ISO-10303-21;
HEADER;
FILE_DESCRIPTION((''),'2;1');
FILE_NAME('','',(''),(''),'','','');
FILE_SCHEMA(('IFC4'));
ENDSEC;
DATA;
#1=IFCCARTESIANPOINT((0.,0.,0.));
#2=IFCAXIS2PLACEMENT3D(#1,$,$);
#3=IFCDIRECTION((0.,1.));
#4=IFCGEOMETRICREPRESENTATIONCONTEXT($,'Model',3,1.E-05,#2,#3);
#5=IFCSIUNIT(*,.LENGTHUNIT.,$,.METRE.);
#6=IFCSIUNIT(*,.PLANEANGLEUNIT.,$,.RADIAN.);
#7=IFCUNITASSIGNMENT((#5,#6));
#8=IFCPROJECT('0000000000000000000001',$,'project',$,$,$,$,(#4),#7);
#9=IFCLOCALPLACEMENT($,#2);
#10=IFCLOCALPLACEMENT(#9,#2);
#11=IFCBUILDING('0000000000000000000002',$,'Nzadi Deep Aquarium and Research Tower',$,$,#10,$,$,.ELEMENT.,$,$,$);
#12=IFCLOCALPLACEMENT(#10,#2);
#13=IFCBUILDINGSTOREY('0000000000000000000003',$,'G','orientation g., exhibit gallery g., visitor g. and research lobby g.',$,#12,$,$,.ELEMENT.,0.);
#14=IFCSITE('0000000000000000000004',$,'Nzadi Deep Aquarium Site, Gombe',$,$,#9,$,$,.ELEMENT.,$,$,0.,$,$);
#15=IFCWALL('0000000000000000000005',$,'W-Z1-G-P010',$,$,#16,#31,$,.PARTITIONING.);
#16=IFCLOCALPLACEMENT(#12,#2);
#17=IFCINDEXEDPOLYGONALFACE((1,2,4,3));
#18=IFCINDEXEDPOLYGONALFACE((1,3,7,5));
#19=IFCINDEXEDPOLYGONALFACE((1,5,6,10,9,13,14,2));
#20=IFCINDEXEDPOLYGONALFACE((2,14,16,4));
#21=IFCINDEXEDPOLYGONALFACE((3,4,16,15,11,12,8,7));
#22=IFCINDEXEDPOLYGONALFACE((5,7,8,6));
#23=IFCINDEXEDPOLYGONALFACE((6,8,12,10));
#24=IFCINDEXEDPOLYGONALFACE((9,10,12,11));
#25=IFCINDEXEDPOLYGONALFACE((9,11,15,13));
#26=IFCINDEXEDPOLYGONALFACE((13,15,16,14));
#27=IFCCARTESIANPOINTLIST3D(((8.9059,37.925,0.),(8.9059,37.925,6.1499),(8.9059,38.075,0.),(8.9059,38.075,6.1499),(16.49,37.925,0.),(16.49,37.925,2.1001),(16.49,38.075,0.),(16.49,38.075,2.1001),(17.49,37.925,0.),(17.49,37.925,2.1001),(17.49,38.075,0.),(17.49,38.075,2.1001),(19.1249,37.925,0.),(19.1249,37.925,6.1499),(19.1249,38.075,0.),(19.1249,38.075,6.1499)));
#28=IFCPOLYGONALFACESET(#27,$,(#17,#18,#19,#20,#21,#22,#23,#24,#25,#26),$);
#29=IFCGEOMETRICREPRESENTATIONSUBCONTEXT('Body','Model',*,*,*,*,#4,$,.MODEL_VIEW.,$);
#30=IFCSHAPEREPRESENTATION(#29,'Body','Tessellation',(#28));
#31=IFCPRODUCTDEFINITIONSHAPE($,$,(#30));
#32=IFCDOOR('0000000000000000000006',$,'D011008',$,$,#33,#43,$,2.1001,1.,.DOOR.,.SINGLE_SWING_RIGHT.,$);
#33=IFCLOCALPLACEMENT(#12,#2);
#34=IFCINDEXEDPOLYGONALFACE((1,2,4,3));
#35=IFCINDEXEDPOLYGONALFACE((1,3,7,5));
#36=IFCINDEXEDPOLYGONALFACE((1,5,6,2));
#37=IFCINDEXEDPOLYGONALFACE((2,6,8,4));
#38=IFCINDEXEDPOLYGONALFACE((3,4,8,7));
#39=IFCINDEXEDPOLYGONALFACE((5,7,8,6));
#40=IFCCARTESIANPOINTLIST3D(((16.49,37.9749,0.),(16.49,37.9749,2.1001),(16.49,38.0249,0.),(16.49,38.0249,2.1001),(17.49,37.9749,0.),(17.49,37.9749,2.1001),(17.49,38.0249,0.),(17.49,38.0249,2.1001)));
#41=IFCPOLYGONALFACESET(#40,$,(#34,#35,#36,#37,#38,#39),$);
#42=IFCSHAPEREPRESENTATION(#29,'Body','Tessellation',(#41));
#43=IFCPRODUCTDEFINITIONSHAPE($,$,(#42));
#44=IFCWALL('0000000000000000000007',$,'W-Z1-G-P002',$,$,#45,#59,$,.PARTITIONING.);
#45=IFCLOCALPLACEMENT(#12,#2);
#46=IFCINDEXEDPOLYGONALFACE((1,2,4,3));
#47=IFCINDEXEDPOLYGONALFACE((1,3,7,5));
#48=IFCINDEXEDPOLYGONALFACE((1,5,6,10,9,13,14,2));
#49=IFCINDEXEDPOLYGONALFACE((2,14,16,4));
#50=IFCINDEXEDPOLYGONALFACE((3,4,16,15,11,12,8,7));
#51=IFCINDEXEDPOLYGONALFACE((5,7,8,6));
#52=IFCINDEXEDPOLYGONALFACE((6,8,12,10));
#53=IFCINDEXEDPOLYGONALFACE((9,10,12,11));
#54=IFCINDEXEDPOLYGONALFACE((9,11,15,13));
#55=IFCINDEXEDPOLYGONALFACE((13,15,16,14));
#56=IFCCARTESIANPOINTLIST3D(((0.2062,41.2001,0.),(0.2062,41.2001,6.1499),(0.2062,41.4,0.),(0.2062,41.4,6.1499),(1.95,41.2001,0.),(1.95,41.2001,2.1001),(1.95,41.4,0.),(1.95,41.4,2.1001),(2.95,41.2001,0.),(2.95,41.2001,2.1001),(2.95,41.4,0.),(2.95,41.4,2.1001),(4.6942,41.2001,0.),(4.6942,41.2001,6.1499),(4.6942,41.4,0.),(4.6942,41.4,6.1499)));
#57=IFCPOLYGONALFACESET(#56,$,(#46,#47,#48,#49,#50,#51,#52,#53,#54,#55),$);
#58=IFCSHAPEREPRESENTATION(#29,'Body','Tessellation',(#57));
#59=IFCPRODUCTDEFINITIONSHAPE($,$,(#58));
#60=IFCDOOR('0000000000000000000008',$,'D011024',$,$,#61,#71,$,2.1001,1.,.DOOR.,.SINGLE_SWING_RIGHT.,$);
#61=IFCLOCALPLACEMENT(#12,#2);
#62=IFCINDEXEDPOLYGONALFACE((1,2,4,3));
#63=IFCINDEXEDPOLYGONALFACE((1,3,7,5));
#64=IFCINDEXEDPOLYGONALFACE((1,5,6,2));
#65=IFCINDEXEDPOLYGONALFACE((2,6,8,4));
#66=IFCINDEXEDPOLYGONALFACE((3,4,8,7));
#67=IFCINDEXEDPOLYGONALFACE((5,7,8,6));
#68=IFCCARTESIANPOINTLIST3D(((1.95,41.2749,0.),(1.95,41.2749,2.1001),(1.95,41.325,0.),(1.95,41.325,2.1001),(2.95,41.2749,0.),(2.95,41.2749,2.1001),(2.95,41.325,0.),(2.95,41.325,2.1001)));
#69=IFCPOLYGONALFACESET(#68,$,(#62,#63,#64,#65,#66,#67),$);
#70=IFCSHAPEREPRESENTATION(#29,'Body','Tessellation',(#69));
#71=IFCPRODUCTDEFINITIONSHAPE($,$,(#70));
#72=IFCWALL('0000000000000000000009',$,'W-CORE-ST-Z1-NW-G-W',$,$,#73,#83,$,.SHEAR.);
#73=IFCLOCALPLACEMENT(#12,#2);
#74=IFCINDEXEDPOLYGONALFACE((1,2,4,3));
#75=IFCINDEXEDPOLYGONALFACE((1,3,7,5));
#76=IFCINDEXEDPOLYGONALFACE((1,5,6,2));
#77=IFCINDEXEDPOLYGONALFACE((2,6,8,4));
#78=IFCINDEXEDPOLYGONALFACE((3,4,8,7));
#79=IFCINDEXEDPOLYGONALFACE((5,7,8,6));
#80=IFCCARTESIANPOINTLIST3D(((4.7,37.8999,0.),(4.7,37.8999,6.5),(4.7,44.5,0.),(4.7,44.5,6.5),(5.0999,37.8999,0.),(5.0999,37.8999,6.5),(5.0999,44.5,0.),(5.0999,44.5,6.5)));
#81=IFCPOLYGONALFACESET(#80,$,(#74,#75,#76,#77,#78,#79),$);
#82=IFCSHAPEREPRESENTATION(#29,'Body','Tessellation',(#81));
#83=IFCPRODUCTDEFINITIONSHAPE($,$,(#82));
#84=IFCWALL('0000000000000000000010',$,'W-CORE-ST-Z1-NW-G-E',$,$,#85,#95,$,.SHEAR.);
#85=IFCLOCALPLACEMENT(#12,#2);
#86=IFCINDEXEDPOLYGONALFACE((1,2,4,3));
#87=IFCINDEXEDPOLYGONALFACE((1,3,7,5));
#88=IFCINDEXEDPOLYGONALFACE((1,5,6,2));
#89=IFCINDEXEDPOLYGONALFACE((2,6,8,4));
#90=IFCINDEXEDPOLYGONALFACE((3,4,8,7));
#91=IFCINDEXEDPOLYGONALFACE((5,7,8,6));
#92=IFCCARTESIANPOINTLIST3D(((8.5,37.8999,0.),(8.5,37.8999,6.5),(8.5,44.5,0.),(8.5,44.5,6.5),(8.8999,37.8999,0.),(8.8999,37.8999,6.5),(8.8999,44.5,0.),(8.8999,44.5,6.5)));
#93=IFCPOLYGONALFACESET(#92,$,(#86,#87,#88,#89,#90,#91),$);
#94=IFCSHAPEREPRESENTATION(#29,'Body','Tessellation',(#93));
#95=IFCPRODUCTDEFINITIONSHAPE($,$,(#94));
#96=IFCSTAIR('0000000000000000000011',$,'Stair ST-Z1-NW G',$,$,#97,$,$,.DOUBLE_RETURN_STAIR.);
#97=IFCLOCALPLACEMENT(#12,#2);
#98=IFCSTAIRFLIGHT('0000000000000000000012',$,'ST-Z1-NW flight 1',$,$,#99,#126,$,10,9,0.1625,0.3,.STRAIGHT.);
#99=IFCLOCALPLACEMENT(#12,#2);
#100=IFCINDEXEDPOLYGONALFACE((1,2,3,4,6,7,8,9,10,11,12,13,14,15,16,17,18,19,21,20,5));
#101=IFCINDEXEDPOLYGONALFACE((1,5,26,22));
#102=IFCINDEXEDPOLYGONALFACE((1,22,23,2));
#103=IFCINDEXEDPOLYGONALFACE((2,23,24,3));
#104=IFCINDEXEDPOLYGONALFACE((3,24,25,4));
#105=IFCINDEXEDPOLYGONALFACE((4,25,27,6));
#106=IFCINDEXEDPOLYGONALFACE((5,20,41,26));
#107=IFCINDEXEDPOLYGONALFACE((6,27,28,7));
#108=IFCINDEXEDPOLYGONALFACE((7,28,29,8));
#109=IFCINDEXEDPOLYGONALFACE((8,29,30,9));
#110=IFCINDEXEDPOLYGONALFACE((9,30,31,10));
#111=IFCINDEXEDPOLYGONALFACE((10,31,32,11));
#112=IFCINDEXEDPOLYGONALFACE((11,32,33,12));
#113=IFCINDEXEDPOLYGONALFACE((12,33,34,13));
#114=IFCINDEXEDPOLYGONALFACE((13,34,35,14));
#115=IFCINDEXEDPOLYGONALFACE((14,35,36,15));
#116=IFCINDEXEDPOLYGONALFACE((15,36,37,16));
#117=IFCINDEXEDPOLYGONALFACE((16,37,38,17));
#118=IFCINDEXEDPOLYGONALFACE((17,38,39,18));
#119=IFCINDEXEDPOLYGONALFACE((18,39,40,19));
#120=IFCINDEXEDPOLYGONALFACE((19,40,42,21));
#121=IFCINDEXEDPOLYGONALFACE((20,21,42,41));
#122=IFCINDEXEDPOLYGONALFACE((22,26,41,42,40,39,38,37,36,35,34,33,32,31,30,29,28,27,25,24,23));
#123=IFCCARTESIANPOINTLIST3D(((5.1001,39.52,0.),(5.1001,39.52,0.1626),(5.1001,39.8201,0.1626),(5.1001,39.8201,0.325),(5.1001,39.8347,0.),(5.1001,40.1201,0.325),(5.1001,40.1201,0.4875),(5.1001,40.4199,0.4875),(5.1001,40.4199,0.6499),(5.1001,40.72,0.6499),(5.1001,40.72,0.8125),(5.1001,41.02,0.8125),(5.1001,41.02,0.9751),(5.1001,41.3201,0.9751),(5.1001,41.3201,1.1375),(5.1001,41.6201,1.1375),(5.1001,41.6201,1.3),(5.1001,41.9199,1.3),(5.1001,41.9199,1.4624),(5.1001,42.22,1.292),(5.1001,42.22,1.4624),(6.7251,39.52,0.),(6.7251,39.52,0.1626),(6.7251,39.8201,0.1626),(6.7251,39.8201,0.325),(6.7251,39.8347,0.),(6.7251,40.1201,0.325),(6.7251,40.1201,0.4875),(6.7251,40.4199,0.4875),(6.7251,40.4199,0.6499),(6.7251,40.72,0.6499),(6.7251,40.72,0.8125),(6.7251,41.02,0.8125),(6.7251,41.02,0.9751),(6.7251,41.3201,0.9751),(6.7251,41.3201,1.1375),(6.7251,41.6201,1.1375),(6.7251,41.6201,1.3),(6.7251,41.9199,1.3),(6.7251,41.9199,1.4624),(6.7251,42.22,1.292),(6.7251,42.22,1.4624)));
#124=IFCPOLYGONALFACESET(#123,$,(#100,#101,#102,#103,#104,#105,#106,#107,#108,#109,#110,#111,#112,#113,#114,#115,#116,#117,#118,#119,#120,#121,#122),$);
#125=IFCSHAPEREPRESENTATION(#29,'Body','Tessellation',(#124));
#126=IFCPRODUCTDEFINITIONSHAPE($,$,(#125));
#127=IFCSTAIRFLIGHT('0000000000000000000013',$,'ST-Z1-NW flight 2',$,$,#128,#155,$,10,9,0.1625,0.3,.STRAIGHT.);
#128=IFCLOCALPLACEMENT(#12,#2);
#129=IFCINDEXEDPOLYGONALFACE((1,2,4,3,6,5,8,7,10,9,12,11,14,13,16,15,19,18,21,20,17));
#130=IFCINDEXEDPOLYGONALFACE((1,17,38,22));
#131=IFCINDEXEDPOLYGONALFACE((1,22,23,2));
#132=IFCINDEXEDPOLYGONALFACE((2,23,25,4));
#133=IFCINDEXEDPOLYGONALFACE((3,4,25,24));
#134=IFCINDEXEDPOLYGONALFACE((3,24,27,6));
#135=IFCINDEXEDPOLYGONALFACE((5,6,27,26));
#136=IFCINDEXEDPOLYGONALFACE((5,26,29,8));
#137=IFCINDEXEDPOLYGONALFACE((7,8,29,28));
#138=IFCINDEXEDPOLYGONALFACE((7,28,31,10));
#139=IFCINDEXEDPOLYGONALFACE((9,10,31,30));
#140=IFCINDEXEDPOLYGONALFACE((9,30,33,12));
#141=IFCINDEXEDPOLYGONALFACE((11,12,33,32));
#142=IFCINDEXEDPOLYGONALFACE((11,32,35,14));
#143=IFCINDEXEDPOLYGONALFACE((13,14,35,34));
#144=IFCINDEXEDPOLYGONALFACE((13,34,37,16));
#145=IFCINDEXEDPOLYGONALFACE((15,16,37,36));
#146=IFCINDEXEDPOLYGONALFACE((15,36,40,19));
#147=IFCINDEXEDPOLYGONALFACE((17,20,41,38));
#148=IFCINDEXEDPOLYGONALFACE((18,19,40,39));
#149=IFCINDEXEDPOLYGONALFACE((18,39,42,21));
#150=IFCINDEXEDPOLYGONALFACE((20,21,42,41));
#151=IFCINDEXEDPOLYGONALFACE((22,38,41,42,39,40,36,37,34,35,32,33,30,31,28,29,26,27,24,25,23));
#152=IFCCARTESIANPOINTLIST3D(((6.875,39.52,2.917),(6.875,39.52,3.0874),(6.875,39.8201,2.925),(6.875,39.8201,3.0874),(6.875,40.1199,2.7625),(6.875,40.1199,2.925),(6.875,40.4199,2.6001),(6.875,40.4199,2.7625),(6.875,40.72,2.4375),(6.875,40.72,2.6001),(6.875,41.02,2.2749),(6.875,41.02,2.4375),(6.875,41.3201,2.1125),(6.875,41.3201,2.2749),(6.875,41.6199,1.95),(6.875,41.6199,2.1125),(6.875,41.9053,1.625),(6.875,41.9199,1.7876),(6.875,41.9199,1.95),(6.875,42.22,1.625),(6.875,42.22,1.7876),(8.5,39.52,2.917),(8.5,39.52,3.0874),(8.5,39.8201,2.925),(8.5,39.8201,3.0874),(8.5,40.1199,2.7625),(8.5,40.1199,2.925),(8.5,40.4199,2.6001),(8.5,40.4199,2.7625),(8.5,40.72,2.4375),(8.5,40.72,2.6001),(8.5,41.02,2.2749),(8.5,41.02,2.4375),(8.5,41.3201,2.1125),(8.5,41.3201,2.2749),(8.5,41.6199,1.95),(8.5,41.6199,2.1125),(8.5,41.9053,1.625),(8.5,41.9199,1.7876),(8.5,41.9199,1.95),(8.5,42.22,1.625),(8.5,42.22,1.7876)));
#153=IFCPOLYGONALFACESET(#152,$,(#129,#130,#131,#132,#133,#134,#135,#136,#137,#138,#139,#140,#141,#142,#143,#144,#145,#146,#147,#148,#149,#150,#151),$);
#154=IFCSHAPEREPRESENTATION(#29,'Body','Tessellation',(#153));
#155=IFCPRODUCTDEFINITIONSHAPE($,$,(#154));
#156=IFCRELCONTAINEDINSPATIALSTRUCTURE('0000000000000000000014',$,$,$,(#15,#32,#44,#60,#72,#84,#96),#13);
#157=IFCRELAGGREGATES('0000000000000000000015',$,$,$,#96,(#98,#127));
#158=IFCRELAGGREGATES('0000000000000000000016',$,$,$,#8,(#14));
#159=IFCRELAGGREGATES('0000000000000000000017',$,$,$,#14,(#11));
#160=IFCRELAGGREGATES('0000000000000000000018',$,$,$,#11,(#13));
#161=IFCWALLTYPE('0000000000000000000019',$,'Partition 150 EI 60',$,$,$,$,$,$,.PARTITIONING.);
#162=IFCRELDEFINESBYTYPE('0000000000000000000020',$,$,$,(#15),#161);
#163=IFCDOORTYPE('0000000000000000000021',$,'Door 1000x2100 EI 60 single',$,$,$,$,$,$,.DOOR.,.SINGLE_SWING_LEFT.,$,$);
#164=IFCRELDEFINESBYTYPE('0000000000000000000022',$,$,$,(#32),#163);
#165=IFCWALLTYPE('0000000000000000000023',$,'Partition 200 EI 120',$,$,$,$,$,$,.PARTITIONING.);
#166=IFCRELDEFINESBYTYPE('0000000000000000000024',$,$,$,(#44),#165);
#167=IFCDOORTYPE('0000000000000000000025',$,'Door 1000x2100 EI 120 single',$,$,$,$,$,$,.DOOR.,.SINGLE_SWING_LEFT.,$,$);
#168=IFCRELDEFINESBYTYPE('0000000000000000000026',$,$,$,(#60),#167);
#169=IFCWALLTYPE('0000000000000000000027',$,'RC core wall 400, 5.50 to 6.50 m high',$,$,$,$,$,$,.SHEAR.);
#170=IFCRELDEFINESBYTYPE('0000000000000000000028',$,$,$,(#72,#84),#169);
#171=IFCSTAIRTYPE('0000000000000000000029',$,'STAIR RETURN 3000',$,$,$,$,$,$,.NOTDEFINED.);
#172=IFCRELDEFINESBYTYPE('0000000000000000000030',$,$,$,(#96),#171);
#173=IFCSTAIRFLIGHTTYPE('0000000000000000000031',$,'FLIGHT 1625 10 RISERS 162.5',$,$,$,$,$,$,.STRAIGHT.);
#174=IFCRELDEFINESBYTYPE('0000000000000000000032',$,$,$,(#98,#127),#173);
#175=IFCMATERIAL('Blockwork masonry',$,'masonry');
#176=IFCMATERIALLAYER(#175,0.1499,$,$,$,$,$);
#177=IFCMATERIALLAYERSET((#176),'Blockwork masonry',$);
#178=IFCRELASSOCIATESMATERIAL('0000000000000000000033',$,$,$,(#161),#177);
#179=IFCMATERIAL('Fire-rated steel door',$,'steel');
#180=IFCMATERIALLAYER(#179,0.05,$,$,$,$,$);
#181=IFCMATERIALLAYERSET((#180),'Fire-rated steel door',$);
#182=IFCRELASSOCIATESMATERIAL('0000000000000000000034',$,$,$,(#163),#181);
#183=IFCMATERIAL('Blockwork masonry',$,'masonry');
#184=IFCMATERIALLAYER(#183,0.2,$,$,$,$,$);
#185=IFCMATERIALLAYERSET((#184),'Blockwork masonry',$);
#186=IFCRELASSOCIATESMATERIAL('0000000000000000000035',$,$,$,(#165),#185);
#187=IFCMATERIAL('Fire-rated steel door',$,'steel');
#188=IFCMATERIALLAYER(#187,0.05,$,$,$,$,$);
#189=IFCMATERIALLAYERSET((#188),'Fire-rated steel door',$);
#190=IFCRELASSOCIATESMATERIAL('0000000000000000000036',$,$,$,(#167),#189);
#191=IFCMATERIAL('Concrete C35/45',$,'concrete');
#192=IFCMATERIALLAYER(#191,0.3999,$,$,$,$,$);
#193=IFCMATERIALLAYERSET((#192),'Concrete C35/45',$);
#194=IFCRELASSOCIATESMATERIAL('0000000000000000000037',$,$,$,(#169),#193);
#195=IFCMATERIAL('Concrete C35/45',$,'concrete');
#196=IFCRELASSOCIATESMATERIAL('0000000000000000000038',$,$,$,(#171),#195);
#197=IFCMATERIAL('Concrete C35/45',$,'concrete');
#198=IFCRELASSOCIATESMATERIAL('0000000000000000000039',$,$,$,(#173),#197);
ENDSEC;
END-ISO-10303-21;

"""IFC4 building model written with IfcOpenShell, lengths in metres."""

from ifc_helpers import new_model, si_unit, direction, frame, frame_2d, origin, place, context, subcontext, project, spatial, polyline, rectangle, outline, extrude, material, layer, layer_set, type_object, element, fill, aggregate, save


model = new_model("IFC4")

# Units and contexts
model_context = context("Model", 3, precision=1e-05, world=origin(), true_north=direction((0.0, 1.0)))
body_context = subcontext(model_context, "Body", "Model", "MODEL_VIEW")
ifc_project = project(units=[si_unit("LENGTHUNIT", "METRE"), si_unit("PLANEANGLEUNIT", "RADIAN")], contexts=[model_context])

# Site, building, storey
site_placement = place(None, origin())
site = spatial("IfcSite", under=ifc_project, at=site_placement, Name="Nzadi Deep Aquarium Site, Gombe", CompositionType="ELEMENT", RefElevation=0.0)
building_placement = place(site_placement, origin())
building = spatial("IfcBuilding", under=site, at=building_placement, Name="Nzadi Deep Aquarium and Research Tower", CompositionType="ELEMENT")
storey_placement = place(building_placement, origin())
storey = spatial("IfcBuildingStorey", under=building, at=storey_placement, Name="G", Description="orientation g., exhibit gallery g., visitor g. and research lobby g.", CompositionType="ELEMENT", Elevation=0.0)

# Walls, openings, doors
ifc_material_1 = material(Name="Blockwork masonry", Category="masonry")
ifc_layer_1 = layer(ifc_material_1, 0.1499)
ifc_layer_set_1 = layer_set([ifc_layer_1], Name="Blockwork masonry")
wall_type_1 = type_object("IfcWallType", Name="Partition 150 EI 60", PredefinedType="PARTITIONING", material=ifc_layer_set_1)
wall_1_placement = place(storey_placement, frame((8.906, 38.0, 0.0), z_axis=(0.0, 0.0, 1.0), x_axis=(1.0, 0.0, 0.0)))
wall_1 = element("IfcWall", 1, at=wall_1_placement, inside=storey, type_object=wall_type_1, Name="W-Z1-G-P010", PredefinedType="PARTITIONING", context=body_context, shape_type="SweptSolid", body=[
    extrude(rectangle(XDim=10.219, YDim=0.1499, at=frame_2d((5.1094, 0.0))), origin(), (0.0, 0.0, 1.0), 6.1499),
])
opening_1_placement = place(wall_1_placement, frame((7.584, 0.0, 0.0)))
opening_1 = element("IfcOpeningElement", 2, at=opening_1_placement, cuts=wall_1, PredefinedType="OPENING", context=body_context, shape_type="SweptSolid", body=[
    extrude(rectangle(XDim=1.0, YDim=2.1001, at=frame_2d((0.5, 1.05))), frame((0.0, 0.085, 0.0), z_axis=(0.0, -1.0, 0.0), x_axis=(1.0, 0.0, 0.0)), (0.0, 0.0, 1.0), 0.1699),
])
ifc_material_2 = material(Name="Fire-rated steel door", Category="steel")
ifc_layer_2 = layer(ifc_material_2, 0.05)
ifc_layer_set_2 = layer_set([ifc_layer_2], Name="Fire-rated steel door")
door_type_1 = type_object("IfcDoorType", Name="Door 1000x2100 EI 60 single", OperationType="SINGLE_SWING_LEFT", PredefinedType="DOOR", material=ifc_layer_set_2)
door_1_placement = place(opening_1_placement, origin())
door_1 = element("IfcDoor", 3, at=door_1_placement, inside=storey, type_object=door_type_1, Name="D011008", OperationType="SINGLE_SWING_RIGHT", OverallHeight=2.1001, OverallWidth=1.0, PredefinedType="DOOR", context=body_context, shape_type="SweptSolid", body=[
    extrude(rectangle(XDim=1.0, YDim=2.1001, at=frame_2d((0.5, 1.05))), frame((0.0, 0.0249, 0.0), z_axis=(0.0, -1.0, 0.0), x_axis=(1.0, 0.0, 0.0)), (0.0, 0.0, 1.0), 0.05),
])
fill(opening_1, door_1)
ifc_material_3 = material(Name="Blockwork masonry", Category="masonry")
ifc_layer_3 = layer(ifc_material_3, 0.2)
ifc_layer_set_3 = layer_set([ifc_layer_3], Name="Blockwork masonry")
wall_type_2 = type_object("IfcWallType", Name="Partition 200 EI 120", PredefinedType="PARTITIONING", material=ifc_layer_set_3)
wall_2_placement = place(storey_placement, frame((0.2061, 41.3, 0.0), z_axis=(0.0, 0.0, 1.0), x_axis=(1.0, 0.0, 0.0)))
wall_2 = element("IfcWall", 4, at=wall_2_placement, inside=storey, type_object=wall_type_2, Name="W-Z1-G-P002", PredefinedType="PARTITIONING", context=body_context, shape_type="SweptSolid", body=[
    extrude(rectangle(XDim=4.488, YDim=0.2, at=frame_2d((2.2441, 0.0))), origin(), (0.0, 0.0, 1.0), 6.1499),
])
opening_2_placement = place(wall_2_placement, frame((1.7439, 0.0, 0.0)))
opening_2 = element("IfcOpeningElement", 5, at=opening_2_placement, cuts=wall_2, PredefinedType="OPENING", context=body_context, shape_type="SweptSolid", body=[
    extrude(rectangle(XDim=1.0, YDim=2.1001, at=frame_2d((0.5, 1.05))), frame((0.0, 0.1101, 0.0), z_axis=(0.0, -1.0, 0.0), x_axis=(1.0, 0.0, 0.0)), (0.0, 0.0, 1.0), 0.2202),
])
ifc_material_4 = material(Name="Fire-rated steel door", Category="steel")
ifc_layer_4 = layer(ifc_material_4, 0.05)
ifc_layer_set_4 = layer_set([ifc_layer_4], Name="Fire-rated steel door")
door_type_2 = type_object("IfcDoorType", Name="Door 1000x2100 EI 120 single", OperationType="SINGLE_SWING_LEFT", PredefinedType="DOOR", material=ifc_layer_set_4)
door_2_placement = place(opening_2_placement, origin())
door_2 = element("IfcDoor", 6, at=door_2_placement, inside=storey, type_object=door_type_2, Name="D011024", OperationType="SINGLE_SWING_RIGHT", OverallHeight=2.1001, OverallWidth=1.0, PredefinedType="DOOR", context=body_context, shape_type="SweptSolid", body=[
    extrude(rectangle(XDim=1.0, YDim=2.1001, at=frame_2d((0.5, 1.05))), frame((0.0, 0.0249, 0.0), z_axis=(0.0, -1.0, 0.0), x_axis=(1.0, 0.0, 0.0)), (0.0, 0.0, 1.0), 0.05),
])
fill(opening_2, door_2)

# Walls
ifc_material_5 = material(Name="Concrete C35/45", Category="concrete")
ifc_layer_5 = layer(ifc_material_5, 0.3999)
ifc_layer_set_5 = layer_set([ifc_layer_5], Name="Concrete C35/45")
wall_type_3 = type_object("IfcWallType", Name="RC core wall 400, 5.50 to 6.50 m high", PredefinedType="SHEAR", material=ifc_layer_set_5)
for number, where, z_axis, x_axis, name in (
    (7, (4.8999, 37.8999, 0.0), (0.0, 0.0, 1.0), (0.0, 1.0, 0.0), "W-CORE-ST-Z1-NW-G-W"),
    (8, (8.7, 37.8999, 0.0), (0.0, 0.0, 1.0), (0.0, 1.0, 0.0), "W-CORE-ST-Z1-NW-G-E"),
):
    element("IfcWall", number, at=place(storey_placement, frame(where, z_axis=z_axis, x_axis=x_axis)), inside=storey, type_object=wall_type_3, Name=name, PredefinedType="SHEAR", context=body_context, shape_type="SweptSolid", body=[
        extrude(rectangle(XDim=6.6001, YDim=0.3999, at=frame_2d((3.3, 0.0))), origin(), (0.0, 0.0, 1.0), 6.5),
    ])

# Stair, stair flights
ifc_material_6 = material(Name="Concrete C35/45", Category="concrete")
stair_type = type_object("IfcStairType", Name="STAIR RETURN 3000", PredefinedType="NOTDEFINED", material=ifc_material_6)
stair_placement = place(storey_placement, origin())
stair = element("IfcStair", 9, at=stair_placement, inside=storey, type_object=stair_type, Name="Stair ST-Z1-NW G", PredefinedType="DOUBLE_RETURN_STAIR")
ifc_material_7 = material(Name="Concrete C35/45", Category="concrete")
stair_flight_type = type_object("IfcStairFlightType", Name="FLIGHT 1625 10 RISERS 162.5", PredefinedType="STRAIGHT", material=ifc_material_7)
stair_flight_1_placement = place(storey_placement, frame((5.9126, 39.52, 0.0), z_axis=(0.0, 0.0, 1.0), x_axis=(0.0, 1.0, 0.0)))
stair_flight_1 = element("IfcStairFlight", 10, at=stair_flight_1_placement, type_object=stair_flight_type, Name="ST-Z1-NW flight 1", NumberOfRisers=10, NumberOfTreads=9, PredefinedType="STRAIGHT", RiserHeight=0.1625, TreadLength=0.3, context=body_context, shape_type="SweptSolid", body=[
    extrude(outline(polyline([(0.0, 0.0), (0.0, 0.1626), (0.3, 0.1626), (0.3, 0.325), (0.6001, 0.325), (0.6001, 0.4875), (0.8999, 0.4875), (0.8999, 0.6499), (1.2, 0.6499), (1.2, 0.8125), (1.5, 0.8125), (1.5, 0.9751), (1.8, 0.9751), (1.8, 1.1375), (2.1001, 1.1375), (2.1001, 1.3), (2.3999, 1.3), (2.3999, 1.4624), (2.7, 1.4624), (2.7, 1.625), (2.7, 1.292), (0.3147, 0.0), (0.0, 0.0)])), frame((0.0, 0.8125, 0.0), z_axis=(0.0, -1.0, 0.0), x_axis=(1.0, 0.0, 0.0)), (0.0, 0.0, 1.0), 1.625),
])
stair_flight_2_placement = place(storey_placement, frame((7.6875, 42.22, 1.625), z_axis=(0.0, 0.0, 1.0), x_axis=(0.0, -1.0, 0.0)))
stair_flight_2 = element("IfcStairFlight", 11, at=stair_flight_2_placement, type_object=stair_flight_type, Name="ST-Z1-NW flight 2", NumberOfRisers=10, NumberOfTreads=9, PredefinedType="STRAIGHT", RiserHeight=0.1625, TreadLength=0.3, context=body_context, shape_type="SweptSolid", body=[
    extrude(outline(polyline([(0.0, 0.0), (0.0, 0.1626), (0.3, 0.1626), (0.3, 0.325), (0.6001, 0.325), (0.6001, 0.4875), (0.8999, 0.4875), (0.8999, 0.6499), (1.2, 0.6499), (1.2, 0.8125), (1.5, 0.8125), (1.5, 0.9751), (1.8, 0.9751), (1.8, 1.1375), (2.1001, 1.1375), (2.1001, 1.3), (2.3999, 1.3), (2.3999, 1.4624), (2.7, 1.4624), (2.7, 1.625), (2.7, 1.292), (0.3147, 0.0), (0.0, 0.0)])), frame((0.0, 0.8125, 0.0), z_axis=(0.0, -1.0, 0.0), x_axis=(1.0, 0.0, 0.0)), (0.0, 0.0, 1.0), 1.625),
])
aggregate(stair, [stair_flight_1, stair_flight_2])

save(model, "model.ifc")
